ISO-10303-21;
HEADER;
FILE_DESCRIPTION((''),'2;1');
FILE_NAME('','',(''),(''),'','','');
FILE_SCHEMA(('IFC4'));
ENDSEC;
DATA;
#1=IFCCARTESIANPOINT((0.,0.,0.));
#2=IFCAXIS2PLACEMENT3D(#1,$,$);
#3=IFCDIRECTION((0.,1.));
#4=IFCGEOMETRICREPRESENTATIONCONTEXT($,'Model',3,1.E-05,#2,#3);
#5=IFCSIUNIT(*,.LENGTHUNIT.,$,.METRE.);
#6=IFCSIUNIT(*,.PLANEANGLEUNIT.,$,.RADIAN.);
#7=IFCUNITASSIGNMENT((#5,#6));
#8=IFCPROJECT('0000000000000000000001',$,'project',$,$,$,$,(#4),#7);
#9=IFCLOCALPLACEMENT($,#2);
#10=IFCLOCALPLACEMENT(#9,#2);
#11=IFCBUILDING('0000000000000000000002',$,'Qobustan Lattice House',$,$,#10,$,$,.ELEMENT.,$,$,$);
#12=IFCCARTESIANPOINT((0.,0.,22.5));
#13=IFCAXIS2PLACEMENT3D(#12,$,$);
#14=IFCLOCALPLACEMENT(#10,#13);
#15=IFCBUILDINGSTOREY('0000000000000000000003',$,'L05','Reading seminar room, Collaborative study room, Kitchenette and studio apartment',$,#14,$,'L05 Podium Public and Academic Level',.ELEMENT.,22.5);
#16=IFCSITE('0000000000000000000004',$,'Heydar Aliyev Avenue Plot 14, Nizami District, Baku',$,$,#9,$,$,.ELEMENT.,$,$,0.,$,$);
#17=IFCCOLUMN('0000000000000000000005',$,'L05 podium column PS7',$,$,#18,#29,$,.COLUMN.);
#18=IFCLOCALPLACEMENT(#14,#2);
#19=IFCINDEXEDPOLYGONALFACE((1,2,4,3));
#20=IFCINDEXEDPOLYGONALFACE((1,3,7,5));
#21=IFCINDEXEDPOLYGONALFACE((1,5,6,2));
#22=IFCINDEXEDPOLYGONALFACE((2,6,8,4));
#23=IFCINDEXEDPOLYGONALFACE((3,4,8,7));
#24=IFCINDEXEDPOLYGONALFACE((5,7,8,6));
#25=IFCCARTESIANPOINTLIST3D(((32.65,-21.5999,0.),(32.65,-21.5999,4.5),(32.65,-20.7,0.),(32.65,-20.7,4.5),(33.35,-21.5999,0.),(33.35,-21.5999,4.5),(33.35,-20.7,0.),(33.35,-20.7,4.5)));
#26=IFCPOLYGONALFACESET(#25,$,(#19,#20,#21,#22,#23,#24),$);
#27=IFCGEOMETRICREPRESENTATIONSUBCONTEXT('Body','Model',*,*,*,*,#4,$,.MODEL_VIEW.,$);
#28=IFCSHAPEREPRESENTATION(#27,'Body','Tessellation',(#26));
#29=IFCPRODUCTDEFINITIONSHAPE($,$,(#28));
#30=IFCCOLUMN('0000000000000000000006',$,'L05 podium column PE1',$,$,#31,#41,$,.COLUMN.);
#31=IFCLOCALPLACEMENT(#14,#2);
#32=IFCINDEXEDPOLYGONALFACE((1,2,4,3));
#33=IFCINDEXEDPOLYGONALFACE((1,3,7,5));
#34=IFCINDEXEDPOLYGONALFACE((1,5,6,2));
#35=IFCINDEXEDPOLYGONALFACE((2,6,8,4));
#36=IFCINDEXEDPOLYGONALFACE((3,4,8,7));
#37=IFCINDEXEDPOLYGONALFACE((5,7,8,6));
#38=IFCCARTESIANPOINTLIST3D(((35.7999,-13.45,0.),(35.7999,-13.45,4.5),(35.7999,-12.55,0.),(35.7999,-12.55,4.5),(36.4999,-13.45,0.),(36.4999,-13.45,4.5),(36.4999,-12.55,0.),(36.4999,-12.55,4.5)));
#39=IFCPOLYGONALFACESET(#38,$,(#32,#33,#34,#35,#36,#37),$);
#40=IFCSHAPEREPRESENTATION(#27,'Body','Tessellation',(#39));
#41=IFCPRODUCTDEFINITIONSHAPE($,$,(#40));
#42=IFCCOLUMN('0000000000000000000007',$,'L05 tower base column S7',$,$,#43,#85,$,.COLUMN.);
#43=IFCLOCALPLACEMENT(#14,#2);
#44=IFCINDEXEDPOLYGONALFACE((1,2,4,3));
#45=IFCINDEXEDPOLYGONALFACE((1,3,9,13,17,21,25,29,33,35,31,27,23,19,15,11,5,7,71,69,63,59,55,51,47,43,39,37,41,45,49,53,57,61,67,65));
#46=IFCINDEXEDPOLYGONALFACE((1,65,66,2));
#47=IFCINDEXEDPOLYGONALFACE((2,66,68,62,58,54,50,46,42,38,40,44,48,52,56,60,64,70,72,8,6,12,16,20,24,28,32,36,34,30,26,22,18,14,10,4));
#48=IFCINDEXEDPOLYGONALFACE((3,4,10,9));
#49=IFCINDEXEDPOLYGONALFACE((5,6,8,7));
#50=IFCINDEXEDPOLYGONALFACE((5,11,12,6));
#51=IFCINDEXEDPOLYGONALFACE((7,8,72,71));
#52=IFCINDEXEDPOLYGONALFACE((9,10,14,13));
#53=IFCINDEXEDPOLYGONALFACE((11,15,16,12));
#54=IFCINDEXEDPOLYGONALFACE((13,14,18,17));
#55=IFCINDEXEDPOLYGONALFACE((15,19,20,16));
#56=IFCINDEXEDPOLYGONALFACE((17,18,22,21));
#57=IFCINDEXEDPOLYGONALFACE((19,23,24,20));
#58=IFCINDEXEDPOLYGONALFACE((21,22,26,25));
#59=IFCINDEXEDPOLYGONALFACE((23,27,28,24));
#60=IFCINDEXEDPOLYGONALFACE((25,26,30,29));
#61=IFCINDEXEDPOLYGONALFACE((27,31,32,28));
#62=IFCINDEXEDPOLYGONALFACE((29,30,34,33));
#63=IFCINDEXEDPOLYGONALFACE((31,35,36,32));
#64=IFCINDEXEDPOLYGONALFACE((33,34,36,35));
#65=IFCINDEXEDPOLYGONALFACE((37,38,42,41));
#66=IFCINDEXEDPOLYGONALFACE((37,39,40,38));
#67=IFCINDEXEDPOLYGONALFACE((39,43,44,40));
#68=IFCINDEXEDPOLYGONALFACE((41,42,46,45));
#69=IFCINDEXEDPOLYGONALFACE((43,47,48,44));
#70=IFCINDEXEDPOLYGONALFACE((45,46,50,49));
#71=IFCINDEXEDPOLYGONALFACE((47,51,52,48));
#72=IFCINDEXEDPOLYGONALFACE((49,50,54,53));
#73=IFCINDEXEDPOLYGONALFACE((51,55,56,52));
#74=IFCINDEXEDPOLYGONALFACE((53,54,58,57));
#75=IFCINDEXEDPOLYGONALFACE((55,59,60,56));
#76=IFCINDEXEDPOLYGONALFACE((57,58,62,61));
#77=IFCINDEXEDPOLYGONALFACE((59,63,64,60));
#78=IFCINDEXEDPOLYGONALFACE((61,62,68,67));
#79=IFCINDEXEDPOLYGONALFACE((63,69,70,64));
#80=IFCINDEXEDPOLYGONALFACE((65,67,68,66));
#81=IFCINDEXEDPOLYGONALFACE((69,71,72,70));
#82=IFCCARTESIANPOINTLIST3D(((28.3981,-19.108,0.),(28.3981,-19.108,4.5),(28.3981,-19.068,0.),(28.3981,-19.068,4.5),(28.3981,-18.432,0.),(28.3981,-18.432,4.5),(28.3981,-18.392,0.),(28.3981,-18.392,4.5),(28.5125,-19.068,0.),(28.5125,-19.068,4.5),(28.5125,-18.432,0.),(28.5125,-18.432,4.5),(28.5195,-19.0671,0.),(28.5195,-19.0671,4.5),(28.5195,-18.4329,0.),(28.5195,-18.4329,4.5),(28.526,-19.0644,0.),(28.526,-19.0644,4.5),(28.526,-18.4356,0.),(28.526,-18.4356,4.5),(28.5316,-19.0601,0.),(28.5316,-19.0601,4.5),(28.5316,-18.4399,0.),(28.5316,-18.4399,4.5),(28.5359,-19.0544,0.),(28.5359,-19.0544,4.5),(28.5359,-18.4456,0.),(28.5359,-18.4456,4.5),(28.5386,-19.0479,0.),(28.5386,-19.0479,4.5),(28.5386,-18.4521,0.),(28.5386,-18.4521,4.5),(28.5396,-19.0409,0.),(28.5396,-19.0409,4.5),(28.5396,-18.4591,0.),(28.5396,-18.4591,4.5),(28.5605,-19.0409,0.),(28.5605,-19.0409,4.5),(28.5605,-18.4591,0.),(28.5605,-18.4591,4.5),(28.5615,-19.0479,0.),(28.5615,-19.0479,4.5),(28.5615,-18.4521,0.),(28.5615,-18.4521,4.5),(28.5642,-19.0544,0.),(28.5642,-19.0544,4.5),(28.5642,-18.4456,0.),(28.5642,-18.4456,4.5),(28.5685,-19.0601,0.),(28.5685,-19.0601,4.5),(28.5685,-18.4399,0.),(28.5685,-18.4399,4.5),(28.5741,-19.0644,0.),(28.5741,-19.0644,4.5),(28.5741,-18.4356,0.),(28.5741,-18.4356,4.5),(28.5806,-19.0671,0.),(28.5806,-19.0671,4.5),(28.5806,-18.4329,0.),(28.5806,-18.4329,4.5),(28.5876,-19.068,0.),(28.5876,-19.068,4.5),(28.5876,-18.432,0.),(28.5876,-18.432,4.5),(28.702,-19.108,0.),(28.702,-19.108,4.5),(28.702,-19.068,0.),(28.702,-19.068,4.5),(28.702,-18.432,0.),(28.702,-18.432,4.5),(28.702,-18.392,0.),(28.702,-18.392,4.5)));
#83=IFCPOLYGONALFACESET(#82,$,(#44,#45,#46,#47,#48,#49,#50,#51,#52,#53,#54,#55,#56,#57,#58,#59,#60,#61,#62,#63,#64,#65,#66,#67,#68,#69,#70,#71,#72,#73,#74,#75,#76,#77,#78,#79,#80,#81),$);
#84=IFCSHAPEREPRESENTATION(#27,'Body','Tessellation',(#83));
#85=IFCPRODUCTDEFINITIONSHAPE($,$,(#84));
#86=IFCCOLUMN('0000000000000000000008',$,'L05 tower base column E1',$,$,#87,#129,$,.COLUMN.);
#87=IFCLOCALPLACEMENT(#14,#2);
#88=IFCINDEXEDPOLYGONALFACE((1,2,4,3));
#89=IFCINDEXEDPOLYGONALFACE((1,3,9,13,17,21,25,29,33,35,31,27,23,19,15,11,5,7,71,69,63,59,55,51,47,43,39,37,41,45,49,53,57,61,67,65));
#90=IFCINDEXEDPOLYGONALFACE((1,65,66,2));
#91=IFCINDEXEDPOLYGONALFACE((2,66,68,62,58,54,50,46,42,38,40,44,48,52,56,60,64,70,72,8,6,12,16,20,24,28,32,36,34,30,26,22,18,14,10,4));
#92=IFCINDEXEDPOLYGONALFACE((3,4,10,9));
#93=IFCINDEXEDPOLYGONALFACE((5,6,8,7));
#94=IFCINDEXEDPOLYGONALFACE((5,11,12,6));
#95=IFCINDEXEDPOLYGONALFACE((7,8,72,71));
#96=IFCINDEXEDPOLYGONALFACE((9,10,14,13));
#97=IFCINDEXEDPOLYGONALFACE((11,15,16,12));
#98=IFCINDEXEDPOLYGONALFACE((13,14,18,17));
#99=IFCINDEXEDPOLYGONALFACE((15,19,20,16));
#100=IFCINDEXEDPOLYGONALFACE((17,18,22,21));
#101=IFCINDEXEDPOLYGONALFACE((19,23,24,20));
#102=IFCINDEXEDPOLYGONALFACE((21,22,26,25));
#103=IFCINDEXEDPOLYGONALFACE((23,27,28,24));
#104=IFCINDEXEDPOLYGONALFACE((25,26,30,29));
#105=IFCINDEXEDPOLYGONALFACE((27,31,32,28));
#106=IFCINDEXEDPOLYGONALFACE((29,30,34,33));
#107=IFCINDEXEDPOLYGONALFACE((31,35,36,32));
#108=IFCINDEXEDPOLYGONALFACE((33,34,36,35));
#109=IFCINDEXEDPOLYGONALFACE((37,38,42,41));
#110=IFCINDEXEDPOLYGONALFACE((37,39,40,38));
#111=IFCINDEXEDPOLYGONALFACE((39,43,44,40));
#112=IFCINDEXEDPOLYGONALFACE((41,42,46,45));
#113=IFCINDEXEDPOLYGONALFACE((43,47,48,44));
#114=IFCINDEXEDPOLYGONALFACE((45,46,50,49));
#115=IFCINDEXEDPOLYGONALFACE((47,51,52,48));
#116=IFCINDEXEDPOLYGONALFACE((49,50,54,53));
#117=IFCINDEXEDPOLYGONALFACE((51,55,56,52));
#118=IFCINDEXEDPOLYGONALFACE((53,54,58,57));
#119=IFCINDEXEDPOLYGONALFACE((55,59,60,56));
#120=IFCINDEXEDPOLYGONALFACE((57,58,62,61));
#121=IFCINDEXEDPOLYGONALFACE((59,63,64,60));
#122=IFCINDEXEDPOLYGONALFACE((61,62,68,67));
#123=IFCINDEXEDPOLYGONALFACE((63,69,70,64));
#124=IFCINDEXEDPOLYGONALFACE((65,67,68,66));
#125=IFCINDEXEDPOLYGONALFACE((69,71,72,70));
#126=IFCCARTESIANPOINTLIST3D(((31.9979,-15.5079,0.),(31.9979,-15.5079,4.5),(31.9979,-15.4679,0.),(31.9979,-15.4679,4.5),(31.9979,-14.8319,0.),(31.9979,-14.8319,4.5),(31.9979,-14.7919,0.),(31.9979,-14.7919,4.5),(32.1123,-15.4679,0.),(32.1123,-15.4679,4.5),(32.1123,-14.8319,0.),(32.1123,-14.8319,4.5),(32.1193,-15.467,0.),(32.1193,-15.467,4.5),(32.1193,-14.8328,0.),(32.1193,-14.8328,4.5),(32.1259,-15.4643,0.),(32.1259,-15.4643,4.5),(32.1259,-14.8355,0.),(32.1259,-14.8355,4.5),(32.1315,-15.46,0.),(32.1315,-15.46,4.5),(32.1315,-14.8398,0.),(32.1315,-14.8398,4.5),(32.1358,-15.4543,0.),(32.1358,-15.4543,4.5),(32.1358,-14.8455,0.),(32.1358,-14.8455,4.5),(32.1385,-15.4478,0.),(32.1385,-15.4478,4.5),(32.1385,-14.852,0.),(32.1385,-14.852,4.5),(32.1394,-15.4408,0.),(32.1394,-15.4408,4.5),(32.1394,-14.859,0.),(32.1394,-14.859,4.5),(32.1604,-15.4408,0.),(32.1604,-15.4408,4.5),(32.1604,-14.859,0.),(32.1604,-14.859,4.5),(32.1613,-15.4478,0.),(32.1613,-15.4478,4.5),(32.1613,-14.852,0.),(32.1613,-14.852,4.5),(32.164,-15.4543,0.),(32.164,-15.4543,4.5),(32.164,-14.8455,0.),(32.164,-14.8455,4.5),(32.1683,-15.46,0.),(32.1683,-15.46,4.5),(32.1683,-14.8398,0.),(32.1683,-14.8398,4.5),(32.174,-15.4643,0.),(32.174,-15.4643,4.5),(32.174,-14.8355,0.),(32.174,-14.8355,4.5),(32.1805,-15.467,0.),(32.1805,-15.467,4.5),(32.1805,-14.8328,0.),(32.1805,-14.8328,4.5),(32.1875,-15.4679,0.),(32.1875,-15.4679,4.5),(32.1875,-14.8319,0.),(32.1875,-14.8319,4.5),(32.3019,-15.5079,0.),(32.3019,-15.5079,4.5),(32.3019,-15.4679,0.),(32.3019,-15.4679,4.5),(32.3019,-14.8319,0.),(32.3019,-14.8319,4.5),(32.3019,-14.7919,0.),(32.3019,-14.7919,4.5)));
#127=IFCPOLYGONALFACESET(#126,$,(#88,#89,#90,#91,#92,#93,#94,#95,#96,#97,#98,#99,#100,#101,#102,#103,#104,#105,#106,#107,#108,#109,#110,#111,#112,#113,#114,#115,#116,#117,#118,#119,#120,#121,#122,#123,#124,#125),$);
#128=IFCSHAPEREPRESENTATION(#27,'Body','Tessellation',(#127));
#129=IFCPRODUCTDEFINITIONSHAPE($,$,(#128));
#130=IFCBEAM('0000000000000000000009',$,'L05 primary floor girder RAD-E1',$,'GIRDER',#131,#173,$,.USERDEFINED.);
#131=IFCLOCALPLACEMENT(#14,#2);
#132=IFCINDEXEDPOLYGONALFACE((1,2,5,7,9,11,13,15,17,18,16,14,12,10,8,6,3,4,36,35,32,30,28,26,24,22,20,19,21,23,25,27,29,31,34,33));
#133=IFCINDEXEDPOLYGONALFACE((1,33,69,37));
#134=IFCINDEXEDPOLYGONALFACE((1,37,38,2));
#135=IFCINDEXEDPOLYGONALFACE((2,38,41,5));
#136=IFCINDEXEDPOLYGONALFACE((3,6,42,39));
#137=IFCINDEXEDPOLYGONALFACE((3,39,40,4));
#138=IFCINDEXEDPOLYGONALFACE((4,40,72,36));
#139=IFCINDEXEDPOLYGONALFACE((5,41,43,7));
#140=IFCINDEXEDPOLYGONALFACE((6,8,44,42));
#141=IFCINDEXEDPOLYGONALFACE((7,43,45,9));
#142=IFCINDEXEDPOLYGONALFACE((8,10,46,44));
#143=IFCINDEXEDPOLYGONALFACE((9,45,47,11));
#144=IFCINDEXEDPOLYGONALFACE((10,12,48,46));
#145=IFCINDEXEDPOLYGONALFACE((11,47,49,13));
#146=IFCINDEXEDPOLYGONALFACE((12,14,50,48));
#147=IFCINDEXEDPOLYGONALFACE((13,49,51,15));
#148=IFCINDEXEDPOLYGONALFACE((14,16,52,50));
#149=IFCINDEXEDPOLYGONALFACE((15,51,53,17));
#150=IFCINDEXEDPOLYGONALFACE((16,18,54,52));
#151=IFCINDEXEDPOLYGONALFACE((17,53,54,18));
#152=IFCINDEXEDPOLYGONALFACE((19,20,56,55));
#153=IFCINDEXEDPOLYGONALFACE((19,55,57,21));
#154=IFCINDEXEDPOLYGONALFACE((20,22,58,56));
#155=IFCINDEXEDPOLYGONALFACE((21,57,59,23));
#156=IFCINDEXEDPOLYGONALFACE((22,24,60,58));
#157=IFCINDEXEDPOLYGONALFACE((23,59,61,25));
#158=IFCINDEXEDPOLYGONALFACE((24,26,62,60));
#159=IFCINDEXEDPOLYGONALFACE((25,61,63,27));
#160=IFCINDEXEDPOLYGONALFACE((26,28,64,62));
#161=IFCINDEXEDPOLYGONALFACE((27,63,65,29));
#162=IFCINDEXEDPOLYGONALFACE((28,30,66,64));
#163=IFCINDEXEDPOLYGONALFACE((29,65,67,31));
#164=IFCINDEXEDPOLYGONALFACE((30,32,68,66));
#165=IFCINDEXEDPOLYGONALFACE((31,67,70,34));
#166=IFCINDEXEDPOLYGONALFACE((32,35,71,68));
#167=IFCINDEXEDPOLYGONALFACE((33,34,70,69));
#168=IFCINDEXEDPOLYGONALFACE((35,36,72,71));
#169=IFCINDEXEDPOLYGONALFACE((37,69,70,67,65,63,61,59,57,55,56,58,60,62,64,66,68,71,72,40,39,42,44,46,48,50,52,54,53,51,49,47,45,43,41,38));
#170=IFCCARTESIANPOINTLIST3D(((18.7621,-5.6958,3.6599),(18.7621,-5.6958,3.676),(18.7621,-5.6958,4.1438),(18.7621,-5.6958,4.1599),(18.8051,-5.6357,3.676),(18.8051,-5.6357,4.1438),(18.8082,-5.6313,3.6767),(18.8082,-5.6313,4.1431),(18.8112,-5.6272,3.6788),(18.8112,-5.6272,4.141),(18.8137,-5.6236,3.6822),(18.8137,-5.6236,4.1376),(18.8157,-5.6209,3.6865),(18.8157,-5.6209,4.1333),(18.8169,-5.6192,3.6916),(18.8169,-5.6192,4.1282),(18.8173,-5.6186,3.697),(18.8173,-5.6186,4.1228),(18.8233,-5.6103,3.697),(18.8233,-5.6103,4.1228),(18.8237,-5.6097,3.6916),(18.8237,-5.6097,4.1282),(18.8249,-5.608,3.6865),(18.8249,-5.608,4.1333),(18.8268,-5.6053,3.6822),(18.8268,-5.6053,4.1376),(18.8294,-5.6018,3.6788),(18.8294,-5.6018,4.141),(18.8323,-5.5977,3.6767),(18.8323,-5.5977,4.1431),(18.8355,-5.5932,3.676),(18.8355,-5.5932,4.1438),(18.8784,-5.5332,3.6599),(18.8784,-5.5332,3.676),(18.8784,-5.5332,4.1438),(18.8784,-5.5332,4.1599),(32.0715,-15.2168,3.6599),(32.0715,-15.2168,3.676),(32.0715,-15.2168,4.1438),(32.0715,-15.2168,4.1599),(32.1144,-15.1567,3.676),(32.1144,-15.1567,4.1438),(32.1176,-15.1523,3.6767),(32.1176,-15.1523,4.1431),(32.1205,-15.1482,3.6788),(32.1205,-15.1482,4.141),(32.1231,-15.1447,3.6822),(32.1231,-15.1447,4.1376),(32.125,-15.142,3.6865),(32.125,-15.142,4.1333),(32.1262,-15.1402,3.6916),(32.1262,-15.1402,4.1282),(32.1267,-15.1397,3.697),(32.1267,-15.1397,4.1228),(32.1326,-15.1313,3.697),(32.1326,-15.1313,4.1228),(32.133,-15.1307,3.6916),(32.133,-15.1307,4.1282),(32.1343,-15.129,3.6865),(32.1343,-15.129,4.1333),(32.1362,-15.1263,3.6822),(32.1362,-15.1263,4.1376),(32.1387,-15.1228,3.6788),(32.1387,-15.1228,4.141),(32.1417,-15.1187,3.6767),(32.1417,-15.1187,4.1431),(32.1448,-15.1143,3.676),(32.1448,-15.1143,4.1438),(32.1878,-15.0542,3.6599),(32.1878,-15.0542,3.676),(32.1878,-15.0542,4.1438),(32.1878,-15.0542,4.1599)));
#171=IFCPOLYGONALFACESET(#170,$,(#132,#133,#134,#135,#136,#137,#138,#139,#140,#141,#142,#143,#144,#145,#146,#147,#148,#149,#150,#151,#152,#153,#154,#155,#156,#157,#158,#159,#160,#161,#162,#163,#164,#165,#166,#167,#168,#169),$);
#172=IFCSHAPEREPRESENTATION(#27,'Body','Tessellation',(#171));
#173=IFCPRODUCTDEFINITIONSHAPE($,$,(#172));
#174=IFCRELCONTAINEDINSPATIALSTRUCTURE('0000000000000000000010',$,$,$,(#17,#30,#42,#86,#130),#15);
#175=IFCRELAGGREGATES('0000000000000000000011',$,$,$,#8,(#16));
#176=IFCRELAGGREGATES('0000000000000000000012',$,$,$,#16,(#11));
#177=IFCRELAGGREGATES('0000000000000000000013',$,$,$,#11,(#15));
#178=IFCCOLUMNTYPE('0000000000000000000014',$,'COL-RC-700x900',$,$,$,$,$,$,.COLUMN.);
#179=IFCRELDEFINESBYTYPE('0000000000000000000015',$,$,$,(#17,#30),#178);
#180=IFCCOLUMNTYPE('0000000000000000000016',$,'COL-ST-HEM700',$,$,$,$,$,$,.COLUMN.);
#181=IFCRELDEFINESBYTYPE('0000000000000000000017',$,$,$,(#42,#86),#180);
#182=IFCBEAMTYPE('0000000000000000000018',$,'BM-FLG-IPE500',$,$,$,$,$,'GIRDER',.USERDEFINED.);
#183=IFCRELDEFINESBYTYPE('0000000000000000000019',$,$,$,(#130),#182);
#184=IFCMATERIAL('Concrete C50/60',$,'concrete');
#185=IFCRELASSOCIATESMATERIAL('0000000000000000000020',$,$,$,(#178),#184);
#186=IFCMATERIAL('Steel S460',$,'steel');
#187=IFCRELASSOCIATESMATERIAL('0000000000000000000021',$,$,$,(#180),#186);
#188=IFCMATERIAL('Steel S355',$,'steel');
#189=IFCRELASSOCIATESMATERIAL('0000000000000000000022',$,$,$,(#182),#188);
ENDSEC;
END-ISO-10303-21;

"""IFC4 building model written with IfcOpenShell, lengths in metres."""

from ifc_helpers import new_model, si_unit, direction, frame, origin, origin_2d, place, context, subcontext, project, spatial, rectangle, i_section, extrude, material, material_profile, profile_set, type_object, element, save


model = new_model("IFC4")

# Units and contexts
model_context = context("Model", 3, precision=1e-05, world=origin(), true_north=direction((0.0, 1.0)))
body_context = subcontext(model_context, "Body", "Model", "MODEL_VIEW")
ifc_project = project(units=[si_unit("LENGTHUNIT", "METRE"), si_unit("PLANEANGLEUNIT", "RADIAN")], contexts=[model_context])

# Site, building, storey
site_placement = place(None, origin())
site = spatial("IfcSite", under=ifc_project, at=site_placement, Name="Heydar Aliyev Avenue Plot 14, Nizami District, Baku", CompositionType="ELEMENT", RefElevation=0.0)
building_placement = place(site_placement, origin())
building = spatial("IfcBuilding", under=site, at=building_placement, Name="Qobustan Lattice House", CompositionType="ELEMENT")
storey_placement = place(building_placement, frame((0.0, 0.0, 22.5)))
storey = spatial("IfcBuildingStorey", under=building, at=storey_placement, Name="L05", Description="Reading seminar room, Collaborative study room, Kitchenette and studio apartment", LongName="L05 Podium Public and Academic Level", CompositionType="ELEMENT", Elevation=22.5)

# Columns
ifc_material_1 = material(Name="Concrete C50/60", Category="concrete")
ifc_material_profile_1 = material_profile(ifc_material_1, rectangle(XDim=0.7, YDim=0.8999, at=origin_2d()), Name="RC700x900")
ifc_profile_set_1 = profile_set([ifc_material_profile_1], Name="Concrete C50/60")
column_type_1 = type_object("IfcColumnType", Name="COL-RC-700x900", PredefinedType="COLUMN", material=ifc_profile_set_1)
for number, where, z_axis, x_axis, name in (
    (1, (33.0, -21.1499, 0.0), (0.0, 0.0, 1.0), (1.0, 0.0, 0.0), "L05 podium column PS7"),
    (2, (36.1499, -13.0, 0.0), (0.0, 0.0, 1.0), (1.0, 0.0, 0.0), "L05 podium column PE1"),
):
    element("IfcColumn", number, at=place(storey_placement, frame(where, z_axis=z_axis, x_axis=x_axis)), inside=storey, type_object=column_type_1, Name=name, PredefinedType="COLUMN", context=body_context, shape_type="SweptSolid", body=[
        extrude(rectangle(XDim=0.7, YDim=0.8999, at=origin_2d()), origin(), (0.0, 0.0, 1.0), 4.5),
    ])
ifc_material_2 = material(Name="Steel S460", Category="steel")
ifc_material_profile_2 = material_profile(ifc_material_2, i_section(OverallWidth=0.304, OverallDepth=0.7161, WebThickness=0.021, FlangeThickness=0.04, FilletRadius=0.0271, at=origin_2d()), Name="HEM700")
ifc_profile_set_2 = profile_set([ifc_material_profile_2], Name="Steel S460")
column_type_2 = type_object("IfcColumnType", Name="COL-ST-HEM700", PredefinedType="COLUMN", material=ifc_profile_set_2)
for number, where, z_axis, x_axis, name in (
    (3, (28.55, -18.75, 0.0), (0.0, 0.0, 1.0), (1.0, 0.0, 0.0), "L05 tower base column S7"),
    (4, (32.1499, -15.1499, 0.0), (0.0, 0.0, 1.0), (1.0, 0.0, 0.0), "L05 tower base column E1"),
):
    element("IfcColumn", number, at=place(storey_placement, frame(where, z_axis=z_axis, x_axis=x_axis)), inside=storey, type_object=column_type_2, Name=name, PredefinedType="COLUMN", context=body_context, shape_type="SweptSolid", body=[
        extrude(i_section(OverallWidth=0.304, OverallDepth=0.7161, WebThickness=0.021, FlangeThickness=0.04, FilletRadius=0.0271, at=origin_2d()), origin(), (0.0, 0.0, 1.0), 4.5),
    ])

# Beam
ifc_material_3 = material(Name="Steel S355", Category="steel")
ifc_material_profile_3 = material_profile(ifc_material_3, i_section(OverallWidth=0.2, OverallDepth=0.5, WebThickness=0.0103, FlangeThickness=0.0161, FilletRadius=0.021, at=origin_2d()), Name="IPE500")
ifc_profile_set_3 = profile_set([ifc_material_profile_3], Name="Steel S355")
beam_type_1 = type_object("IfcBeamType", Name="BM-FLG-IPE500", ElementType="GIRDER", PredefinedType="USERDEFINED", material=ifc_profile_set_3)
beam_1_placement = place(storey_placement, frame((32.1296, -15.1355, 3.9099), z_axis=(-0.813319, 0.581818, 0.0), x_axis=(-0.581818, -0.813319, 0.0)))
element("IfcBeam", 5, at=beam_1_placement, inside=storey, type_object=beam_type_1, Name="L05 primary floor girder RAD-E1", ObjectType="GIRDER", PredefinedType="USERDEFINED", context=body_context, shape_type="SweptSolid", body=[
    extrude(i_section(OverallWidth=0.2, OverallDepth=0.5, WebThickness=0.0103, FlangeThickness=0.0161, FilletRadius=0.021, at=origin_2d()), origin(), (0.0, 0.0, 1.0), 16.3643),
])

save(model, "model.ifc")
